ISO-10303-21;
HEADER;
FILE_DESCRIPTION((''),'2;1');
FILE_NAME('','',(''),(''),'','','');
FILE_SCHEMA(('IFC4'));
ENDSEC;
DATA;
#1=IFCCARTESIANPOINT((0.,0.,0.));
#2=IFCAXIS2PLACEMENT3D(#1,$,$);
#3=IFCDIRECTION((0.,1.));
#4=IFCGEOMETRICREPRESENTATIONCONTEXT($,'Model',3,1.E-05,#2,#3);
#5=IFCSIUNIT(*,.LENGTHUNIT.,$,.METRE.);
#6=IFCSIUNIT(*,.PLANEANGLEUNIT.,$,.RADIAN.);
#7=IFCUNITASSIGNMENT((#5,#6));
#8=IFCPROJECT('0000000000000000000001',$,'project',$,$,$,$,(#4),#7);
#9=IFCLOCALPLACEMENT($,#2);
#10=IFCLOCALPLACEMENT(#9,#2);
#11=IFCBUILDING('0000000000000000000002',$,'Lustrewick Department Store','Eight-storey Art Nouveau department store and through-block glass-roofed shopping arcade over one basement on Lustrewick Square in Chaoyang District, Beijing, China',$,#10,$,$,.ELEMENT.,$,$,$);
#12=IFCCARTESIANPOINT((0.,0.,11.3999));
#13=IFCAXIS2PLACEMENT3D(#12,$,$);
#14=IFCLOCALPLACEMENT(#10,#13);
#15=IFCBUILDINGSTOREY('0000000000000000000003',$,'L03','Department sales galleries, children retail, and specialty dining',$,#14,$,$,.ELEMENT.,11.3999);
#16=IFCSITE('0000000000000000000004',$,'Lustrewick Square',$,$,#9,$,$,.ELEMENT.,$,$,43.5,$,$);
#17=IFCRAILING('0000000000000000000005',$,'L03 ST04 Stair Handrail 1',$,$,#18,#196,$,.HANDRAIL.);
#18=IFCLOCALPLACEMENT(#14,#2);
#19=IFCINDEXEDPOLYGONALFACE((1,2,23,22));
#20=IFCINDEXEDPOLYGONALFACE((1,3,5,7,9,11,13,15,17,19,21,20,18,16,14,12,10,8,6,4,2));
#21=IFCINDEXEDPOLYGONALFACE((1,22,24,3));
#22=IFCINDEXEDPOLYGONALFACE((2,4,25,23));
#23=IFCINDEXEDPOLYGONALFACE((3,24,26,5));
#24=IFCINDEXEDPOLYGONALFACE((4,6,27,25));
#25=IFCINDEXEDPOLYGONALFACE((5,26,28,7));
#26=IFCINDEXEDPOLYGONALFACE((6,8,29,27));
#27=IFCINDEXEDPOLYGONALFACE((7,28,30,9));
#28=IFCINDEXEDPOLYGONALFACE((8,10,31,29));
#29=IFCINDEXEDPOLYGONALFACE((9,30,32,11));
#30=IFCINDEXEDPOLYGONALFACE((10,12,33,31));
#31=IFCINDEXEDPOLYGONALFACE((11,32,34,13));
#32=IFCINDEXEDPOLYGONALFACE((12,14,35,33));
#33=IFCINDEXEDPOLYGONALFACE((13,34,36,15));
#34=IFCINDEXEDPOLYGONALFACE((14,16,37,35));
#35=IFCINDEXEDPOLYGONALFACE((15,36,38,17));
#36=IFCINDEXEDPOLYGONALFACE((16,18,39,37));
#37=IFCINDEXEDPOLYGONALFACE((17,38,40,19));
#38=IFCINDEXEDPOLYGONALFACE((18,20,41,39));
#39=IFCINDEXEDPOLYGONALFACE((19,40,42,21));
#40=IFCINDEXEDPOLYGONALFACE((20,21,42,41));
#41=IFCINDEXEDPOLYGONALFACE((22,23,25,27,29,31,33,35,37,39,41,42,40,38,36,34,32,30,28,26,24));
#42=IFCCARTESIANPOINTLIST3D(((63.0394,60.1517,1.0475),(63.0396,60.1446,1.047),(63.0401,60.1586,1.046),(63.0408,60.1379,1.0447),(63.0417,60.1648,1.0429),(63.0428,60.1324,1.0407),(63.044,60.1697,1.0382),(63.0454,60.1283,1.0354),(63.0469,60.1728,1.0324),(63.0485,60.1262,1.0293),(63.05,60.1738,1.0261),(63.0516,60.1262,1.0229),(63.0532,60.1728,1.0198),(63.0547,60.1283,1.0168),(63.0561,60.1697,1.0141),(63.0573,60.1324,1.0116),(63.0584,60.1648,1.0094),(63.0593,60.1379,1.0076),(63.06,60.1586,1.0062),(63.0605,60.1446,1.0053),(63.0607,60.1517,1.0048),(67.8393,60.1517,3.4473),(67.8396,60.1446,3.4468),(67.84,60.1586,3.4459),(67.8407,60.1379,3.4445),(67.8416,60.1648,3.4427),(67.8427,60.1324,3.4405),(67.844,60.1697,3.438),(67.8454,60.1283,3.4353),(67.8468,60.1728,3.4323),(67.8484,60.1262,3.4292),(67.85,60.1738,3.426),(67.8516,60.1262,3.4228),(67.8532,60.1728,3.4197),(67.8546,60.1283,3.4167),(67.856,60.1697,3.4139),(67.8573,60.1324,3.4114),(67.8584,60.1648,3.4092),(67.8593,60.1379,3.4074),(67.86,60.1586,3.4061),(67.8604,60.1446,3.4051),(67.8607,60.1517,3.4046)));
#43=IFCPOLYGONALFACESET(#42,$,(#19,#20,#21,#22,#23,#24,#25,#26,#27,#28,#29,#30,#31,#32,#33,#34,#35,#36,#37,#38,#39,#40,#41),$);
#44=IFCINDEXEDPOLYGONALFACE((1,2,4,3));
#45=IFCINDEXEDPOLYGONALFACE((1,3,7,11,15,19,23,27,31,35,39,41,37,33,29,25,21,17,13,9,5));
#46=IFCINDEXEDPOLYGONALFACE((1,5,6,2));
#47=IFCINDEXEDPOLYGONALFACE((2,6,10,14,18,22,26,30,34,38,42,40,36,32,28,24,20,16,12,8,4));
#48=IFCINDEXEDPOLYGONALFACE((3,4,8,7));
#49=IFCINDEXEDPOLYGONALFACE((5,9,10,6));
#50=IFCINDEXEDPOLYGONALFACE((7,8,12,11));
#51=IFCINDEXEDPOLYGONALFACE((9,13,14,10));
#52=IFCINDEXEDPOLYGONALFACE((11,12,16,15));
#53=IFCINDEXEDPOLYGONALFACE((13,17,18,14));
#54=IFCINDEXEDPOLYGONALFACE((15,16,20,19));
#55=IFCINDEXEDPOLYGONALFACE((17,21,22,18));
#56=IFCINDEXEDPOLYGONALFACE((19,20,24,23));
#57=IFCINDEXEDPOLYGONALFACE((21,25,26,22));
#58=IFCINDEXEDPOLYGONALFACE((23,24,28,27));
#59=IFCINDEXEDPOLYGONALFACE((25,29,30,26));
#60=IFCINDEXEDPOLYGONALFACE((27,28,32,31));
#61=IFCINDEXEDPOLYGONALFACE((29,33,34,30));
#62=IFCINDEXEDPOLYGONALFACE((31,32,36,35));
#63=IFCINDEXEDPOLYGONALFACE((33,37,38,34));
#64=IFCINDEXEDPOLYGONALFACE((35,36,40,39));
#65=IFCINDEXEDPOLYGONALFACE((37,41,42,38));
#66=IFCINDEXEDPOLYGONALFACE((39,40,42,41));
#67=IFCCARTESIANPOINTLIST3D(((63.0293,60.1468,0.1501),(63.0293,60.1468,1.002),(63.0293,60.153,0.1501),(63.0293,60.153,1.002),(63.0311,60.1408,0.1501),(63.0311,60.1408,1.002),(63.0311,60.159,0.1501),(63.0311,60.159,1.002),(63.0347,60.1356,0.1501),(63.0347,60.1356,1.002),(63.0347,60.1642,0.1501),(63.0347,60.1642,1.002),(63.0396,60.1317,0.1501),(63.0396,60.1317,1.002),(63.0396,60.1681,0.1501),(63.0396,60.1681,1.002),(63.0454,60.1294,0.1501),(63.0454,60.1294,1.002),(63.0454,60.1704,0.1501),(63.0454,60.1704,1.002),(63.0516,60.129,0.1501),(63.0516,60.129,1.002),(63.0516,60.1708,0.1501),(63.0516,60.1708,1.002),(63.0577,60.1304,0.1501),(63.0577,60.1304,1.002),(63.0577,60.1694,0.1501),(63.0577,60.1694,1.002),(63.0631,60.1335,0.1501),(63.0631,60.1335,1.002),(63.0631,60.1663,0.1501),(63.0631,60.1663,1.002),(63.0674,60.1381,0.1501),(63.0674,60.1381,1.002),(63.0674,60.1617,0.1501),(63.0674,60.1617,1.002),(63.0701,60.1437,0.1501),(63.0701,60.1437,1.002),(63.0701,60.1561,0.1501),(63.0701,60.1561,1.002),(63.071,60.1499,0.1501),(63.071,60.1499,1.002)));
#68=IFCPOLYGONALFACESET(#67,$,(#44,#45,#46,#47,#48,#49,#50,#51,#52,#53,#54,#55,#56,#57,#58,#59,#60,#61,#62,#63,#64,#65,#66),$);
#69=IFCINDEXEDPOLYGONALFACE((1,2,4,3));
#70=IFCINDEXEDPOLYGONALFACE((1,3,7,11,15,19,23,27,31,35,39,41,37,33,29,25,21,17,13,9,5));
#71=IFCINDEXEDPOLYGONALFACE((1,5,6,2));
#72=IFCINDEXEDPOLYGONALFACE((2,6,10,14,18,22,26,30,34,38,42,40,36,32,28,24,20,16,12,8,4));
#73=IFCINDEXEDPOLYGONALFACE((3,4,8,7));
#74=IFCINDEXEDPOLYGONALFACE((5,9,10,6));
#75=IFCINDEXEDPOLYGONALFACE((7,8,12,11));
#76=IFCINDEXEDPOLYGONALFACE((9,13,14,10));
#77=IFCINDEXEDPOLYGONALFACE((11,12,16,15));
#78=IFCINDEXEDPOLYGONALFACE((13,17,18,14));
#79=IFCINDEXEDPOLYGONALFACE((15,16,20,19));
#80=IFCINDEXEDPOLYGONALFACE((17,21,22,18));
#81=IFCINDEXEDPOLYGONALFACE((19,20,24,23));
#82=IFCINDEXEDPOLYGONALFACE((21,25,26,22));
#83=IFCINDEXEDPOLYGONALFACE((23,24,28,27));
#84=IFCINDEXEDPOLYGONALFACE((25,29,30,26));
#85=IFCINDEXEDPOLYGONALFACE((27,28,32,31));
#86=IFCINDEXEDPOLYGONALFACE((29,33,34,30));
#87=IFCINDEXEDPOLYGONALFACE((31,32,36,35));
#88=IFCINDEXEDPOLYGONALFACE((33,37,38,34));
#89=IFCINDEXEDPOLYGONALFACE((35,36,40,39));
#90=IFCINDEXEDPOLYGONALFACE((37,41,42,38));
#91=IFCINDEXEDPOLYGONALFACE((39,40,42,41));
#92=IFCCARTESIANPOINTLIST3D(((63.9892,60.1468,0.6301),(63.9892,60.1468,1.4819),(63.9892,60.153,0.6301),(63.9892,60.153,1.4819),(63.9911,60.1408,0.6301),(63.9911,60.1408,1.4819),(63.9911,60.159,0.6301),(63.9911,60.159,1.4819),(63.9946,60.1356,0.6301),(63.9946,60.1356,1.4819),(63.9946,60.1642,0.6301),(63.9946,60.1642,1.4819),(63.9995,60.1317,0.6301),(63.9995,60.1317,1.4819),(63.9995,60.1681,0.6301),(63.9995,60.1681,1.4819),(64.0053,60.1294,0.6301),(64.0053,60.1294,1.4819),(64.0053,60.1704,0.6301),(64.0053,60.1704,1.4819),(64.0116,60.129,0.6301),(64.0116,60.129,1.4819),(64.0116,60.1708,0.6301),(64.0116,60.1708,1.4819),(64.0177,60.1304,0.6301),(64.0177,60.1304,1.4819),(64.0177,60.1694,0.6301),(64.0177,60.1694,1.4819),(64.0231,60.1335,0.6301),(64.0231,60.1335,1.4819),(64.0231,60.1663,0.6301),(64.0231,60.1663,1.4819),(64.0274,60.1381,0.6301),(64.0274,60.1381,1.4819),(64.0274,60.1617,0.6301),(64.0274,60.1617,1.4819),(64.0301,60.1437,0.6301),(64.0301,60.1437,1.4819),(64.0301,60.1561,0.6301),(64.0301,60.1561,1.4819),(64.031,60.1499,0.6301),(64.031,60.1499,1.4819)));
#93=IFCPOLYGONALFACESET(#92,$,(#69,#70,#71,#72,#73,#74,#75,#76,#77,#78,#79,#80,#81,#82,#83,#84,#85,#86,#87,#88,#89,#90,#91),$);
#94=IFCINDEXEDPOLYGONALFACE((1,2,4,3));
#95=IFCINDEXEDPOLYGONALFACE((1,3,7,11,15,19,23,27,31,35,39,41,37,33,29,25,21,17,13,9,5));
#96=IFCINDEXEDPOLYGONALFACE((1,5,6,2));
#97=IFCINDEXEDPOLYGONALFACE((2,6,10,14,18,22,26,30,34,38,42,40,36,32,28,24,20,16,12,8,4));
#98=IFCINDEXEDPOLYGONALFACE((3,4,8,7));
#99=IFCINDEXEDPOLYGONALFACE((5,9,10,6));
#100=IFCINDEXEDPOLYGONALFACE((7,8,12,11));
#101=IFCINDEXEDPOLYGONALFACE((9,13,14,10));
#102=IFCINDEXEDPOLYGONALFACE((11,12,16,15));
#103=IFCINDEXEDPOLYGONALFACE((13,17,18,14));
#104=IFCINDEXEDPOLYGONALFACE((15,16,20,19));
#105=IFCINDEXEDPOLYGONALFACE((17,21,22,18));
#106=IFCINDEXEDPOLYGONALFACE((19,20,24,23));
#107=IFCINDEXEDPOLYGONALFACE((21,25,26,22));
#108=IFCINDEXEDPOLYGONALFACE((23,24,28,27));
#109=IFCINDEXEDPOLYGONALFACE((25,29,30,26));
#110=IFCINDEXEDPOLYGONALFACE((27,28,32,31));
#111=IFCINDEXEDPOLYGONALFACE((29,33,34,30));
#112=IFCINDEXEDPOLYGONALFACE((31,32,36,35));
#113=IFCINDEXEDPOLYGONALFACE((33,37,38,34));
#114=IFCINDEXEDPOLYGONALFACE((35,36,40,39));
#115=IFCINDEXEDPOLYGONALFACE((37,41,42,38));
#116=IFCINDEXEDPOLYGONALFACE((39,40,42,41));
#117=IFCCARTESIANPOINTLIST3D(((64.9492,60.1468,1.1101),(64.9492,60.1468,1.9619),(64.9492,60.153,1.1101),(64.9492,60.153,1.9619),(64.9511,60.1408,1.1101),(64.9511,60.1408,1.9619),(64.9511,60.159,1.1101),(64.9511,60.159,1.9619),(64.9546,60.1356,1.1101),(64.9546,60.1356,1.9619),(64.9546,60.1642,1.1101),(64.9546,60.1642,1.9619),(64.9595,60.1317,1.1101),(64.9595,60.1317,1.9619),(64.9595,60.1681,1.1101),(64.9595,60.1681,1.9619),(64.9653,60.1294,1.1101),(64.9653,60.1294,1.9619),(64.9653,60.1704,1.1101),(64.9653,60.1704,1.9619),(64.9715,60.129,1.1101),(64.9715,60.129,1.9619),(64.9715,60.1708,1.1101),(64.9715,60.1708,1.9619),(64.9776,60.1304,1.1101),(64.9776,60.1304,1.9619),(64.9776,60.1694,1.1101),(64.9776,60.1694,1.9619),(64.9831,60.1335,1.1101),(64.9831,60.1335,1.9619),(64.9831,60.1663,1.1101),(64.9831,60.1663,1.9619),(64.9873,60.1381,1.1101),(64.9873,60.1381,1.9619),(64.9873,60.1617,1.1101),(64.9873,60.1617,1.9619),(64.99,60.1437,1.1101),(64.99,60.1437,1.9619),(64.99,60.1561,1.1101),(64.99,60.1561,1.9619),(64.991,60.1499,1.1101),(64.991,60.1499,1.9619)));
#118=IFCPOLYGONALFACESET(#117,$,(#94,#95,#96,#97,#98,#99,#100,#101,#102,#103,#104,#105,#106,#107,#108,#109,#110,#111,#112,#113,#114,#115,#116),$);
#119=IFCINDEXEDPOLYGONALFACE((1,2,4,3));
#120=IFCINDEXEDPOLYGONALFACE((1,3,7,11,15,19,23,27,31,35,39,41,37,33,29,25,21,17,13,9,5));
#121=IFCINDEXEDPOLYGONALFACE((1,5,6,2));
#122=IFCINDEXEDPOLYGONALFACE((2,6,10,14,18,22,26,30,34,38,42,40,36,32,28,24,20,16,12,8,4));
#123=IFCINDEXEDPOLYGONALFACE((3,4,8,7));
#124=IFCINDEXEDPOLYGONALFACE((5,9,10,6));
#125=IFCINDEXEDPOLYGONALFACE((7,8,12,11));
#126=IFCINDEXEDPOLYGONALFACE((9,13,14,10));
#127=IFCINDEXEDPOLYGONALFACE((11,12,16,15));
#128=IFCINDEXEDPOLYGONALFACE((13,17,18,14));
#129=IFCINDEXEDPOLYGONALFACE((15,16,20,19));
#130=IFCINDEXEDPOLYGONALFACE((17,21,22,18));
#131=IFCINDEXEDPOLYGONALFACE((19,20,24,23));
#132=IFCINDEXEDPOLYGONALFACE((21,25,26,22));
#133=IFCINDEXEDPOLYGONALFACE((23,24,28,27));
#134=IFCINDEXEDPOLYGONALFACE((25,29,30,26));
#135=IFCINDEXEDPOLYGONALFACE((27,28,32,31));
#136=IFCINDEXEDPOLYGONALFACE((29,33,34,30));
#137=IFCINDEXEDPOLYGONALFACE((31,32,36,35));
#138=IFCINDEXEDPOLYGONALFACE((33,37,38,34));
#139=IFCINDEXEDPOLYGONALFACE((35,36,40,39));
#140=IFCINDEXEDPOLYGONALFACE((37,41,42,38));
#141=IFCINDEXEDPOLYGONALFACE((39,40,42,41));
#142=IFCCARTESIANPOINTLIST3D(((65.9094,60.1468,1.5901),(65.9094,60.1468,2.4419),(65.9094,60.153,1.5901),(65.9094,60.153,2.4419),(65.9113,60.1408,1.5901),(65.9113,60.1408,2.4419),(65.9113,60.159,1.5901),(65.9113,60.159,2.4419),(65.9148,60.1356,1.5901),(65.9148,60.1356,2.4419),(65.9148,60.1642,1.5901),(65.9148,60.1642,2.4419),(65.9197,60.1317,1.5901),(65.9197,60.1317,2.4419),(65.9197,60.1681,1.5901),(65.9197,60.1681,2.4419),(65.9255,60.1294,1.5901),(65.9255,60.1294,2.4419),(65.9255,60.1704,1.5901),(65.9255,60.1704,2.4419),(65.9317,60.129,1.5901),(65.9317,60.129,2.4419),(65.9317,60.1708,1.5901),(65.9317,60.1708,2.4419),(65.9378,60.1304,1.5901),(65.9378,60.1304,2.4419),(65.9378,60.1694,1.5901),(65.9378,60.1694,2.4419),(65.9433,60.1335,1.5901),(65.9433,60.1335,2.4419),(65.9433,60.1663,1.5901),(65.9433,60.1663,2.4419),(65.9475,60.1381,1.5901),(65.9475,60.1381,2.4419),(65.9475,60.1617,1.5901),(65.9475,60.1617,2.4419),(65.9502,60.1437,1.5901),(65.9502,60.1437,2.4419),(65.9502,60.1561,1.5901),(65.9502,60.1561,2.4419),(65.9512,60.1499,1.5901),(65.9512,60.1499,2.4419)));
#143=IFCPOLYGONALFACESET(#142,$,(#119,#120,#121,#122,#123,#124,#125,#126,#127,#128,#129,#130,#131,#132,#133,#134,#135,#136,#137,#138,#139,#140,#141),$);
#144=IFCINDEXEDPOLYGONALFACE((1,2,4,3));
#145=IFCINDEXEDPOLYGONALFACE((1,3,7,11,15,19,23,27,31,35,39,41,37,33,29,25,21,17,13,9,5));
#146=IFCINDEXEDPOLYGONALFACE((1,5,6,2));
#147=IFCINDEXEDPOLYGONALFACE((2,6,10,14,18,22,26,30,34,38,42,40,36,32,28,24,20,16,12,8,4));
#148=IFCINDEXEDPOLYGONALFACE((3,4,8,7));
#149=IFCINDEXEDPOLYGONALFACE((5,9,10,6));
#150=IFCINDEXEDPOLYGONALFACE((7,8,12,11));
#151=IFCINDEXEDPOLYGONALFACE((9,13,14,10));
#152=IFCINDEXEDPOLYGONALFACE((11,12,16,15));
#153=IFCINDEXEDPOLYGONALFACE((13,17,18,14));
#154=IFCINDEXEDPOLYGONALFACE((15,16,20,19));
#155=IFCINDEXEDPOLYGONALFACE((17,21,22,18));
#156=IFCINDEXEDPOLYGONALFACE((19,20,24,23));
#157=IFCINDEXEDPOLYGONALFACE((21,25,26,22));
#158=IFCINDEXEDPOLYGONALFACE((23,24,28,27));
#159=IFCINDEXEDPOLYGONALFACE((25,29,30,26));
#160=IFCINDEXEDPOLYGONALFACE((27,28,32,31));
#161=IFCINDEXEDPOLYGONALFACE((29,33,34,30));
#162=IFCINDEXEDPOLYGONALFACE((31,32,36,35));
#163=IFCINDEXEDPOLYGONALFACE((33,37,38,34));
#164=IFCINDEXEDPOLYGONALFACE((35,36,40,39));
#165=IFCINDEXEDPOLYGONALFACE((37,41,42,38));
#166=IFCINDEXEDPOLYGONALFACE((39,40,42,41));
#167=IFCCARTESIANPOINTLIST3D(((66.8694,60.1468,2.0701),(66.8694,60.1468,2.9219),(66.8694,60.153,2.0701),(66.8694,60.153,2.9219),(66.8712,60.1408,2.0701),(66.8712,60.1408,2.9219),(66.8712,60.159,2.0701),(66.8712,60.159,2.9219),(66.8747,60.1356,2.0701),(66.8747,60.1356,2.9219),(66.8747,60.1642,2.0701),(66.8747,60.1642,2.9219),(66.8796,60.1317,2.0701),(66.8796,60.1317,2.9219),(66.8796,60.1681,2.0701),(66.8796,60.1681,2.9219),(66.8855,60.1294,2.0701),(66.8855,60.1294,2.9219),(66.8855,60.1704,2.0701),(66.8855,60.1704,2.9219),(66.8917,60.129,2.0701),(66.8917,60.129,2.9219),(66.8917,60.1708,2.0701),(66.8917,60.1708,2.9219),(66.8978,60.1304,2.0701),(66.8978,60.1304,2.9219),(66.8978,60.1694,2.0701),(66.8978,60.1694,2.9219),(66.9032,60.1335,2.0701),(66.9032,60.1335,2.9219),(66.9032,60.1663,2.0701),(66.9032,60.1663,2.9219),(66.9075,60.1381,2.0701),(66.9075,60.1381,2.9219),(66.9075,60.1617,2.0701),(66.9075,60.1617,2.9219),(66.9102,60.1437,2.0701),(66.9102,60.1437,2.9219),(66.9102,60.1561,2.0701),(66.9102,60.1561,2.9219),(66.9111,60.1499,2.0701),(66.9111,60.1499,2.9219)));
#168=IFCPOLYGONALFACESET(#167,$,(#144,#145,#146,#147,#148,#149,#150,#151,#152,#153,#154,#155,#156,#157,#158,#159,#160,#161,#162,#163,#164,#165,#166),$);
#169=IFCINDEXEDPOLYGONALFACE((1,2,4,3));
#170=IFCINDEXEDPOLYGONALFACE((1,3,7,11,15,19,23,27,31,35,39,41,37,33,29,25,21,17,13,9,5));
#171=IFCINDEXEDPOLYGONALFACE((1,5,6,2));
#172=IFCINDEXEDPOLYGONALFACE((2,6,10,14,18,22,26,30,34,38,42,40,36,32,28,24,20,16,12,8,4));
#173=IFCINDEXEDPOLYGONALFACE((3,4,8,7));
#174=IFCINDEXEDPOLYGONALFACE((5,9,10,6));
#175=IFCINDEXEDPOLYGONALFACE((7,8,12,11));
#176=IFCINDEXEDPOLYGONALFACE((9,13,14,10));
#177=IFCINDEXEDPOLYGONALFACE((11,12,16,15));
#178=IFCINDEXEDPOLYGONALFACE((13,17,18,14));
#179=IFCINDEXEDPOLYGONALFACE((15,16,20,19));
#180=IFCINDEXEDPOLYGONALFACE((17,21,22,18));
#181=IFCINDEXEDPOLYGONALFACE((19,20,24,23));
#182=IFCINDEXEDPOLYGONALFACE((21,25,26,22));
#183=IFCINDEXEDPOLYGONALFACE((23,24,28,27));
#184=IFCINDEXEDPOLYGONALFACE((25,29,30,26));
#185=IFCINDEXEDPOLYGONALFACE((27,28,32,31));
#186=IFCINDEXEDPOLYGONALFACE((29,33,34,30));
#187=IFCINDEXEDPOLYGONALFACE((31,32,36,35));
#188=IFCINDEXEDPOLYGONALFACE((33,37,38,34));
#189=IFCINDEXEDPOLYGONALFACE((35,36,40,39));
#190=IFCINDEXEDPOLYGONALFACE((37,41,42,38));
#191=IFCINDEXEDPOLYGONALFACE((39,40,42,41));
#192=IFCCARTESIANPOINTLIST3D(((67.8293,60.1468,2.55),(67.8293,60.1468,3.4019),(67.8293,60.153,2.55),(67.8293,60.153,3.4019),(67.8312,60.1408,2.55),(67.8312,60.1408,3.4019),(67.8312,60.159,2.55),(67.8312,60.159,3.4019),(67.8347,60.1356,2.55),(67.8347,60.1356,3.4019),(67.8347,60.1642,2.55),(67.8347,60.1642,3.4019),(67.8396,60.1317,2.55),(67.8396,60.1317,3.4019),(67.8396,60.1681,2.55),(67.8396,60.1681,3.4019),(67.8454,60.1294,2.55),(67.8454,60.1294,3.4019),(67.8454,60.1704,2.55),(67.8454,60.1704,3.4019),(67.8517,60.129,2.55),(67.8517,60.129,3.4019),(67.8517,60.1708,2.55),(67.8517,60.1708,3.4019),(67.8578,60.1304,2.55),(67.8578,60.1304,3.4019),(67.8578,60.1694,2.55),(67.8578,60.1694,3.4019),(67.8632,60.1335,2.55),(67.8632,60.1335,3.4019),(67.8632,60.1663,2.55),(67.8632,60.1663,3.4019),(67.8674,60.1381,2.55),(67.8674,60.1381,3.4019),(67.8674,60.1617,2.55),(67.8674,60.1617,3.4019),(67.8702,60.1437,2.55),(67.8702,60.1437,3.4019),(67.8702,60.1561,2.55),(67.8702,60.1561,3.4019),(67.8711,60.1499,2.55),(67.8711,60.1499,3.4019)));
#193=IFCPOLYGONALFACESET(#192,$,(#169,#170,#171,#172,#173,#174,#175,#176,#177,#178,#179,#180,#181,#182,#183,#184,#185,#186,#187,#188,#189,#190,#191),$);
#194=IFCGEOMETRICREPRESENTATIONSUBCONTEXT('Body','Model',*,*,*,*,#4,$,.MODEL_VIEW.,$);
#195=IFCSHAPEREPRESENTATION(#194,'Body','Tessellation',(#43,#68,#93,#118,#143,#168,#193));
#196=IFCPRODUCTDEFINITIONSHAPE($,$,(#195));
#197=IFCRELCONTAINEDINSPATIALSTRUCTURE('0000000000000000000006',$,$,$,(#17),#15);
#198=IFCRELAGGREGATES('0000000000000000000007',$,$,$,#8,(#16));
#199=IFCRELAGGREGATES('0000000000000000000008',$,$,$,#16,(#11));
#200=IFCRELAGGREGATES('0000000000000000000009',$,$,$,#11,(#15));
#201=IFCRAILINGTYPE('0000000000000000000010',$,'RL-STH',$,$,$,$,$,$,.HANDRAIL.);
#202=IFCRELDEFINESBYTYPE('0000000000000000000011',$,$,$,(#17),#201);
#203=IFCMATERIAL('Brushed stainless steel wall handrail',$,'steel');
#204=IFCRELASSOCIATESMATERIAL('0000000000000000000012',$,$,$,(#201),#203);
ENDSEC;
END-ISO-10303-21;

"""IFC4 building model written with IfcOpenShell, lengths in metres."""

from ifc_helpers import new_model, si_unit, direction, frame, origin, origin_2d, place, context, subcontext, project, spatial, circle, extrude, material, type_object, element, save


model = new_model("IFC4")

# Units and contexts
model_context = context("Model", 3, precision=1e-05, world=origin(), true_north=direction((0.0, 1.0)))
body_context = subcontext(model_context, "Body", "Model", "MODEL_VIEW")
ifc_project = project(units=[si_unit("LENGTHUNIT", "METRE"), si_unit("PLANEANGLEUNIT", "RADIAN")], contexts=[model_context])

# Site, building, storey
site_placement = place(None, origin())
site = spatial("IfcSite", under=ifc_project, at=site_placement, Name="Lustrewick Square", CompositionType="ELEMENT", RefElevation=43.5)
building_placement = place(site_placement, origin())
building = spatial("IfcBuilding", under=site, at=building_placement, Name="Lustrewick Department Store", Description="Eight-storey Art Nouveau department store and through-block glass-roofed shopping arcade over one basement on Lustrewick Square in Chaoyang District, Beijing, China", CompositionType="ELEMENT")
storey_placement = place(building_placement, frame((0.0, 0.0, 11.3999)))
storey = spatial("IfcBuildingStorey", under=building, at=storey_placement, Name="L03", Description="Department sales galleries, children retail, and specialty dining", CompositionType="ELEMENT", Elevation=11.3999)

# Railing
ifc_material_1 = material(Name="Brushed stainless steel wall handrail", Category="steel")
railing_type_1 = type_object("IfcRailingType", Name="RL-STH", PredefinedType="HANDRAIL", material=ifc_material_1)
railing_1_placement = place(storey_placement, frame((63.05, 60.1499, 0.1501)))
element("IfcRailing", 1, at=railing_1_placement, inside=storey, type_object=railing_type_1, Name="L03 ST04 Stair Handrail 1", PredefinedType="HANDRAIL", context=body_context, shape_type="SweptSolid", body=[
    extrude(circle(Radius=0.0239, at=origin_2d()), frame((0.0, 0.0, 0.876), z_axis=(0.894436, 0.0, 0.447195), x_axis=(0.0, 1.0, 0.0)), (0.0, 0.0, 1.0), 5.3665),
    extrude(circle(Radius=0.021, at=origin_2d()), origin(), (0.0, 0.0, 1.0), 0.8518),
    extrude(circle(Radius=0.021, at=origin_2d()), frame((0.96, 0.0, 0.48)), (0.0, 0.0, 1.0), 0.8518),
    extrude(circle(Radius=0.021, at=origin_2d()), frame((1.9199, 0.0, 0.96)), (0.0, 0.0, 1.0), 0.8518),
    extrude(circle(Radius=0.021, at=origin_2d()), frame((2.8801, 0.0, 1.4399)), (0.0, 0.0, 1.0), 0.8518),
    extrude(circle(Radius=0.021, at=origin_2d()), frame((3.8401, 0.0, 1.9199)), (0.0, 0.0, 1.0), 0.8518),
    extrude(circle(Radius=0.021, at=origin_2d()), frame((4.8, 0.0, 2.3999)), (0.0, 0.0, 1.0), 0.8518),
])

save(model, "model.ifc")
